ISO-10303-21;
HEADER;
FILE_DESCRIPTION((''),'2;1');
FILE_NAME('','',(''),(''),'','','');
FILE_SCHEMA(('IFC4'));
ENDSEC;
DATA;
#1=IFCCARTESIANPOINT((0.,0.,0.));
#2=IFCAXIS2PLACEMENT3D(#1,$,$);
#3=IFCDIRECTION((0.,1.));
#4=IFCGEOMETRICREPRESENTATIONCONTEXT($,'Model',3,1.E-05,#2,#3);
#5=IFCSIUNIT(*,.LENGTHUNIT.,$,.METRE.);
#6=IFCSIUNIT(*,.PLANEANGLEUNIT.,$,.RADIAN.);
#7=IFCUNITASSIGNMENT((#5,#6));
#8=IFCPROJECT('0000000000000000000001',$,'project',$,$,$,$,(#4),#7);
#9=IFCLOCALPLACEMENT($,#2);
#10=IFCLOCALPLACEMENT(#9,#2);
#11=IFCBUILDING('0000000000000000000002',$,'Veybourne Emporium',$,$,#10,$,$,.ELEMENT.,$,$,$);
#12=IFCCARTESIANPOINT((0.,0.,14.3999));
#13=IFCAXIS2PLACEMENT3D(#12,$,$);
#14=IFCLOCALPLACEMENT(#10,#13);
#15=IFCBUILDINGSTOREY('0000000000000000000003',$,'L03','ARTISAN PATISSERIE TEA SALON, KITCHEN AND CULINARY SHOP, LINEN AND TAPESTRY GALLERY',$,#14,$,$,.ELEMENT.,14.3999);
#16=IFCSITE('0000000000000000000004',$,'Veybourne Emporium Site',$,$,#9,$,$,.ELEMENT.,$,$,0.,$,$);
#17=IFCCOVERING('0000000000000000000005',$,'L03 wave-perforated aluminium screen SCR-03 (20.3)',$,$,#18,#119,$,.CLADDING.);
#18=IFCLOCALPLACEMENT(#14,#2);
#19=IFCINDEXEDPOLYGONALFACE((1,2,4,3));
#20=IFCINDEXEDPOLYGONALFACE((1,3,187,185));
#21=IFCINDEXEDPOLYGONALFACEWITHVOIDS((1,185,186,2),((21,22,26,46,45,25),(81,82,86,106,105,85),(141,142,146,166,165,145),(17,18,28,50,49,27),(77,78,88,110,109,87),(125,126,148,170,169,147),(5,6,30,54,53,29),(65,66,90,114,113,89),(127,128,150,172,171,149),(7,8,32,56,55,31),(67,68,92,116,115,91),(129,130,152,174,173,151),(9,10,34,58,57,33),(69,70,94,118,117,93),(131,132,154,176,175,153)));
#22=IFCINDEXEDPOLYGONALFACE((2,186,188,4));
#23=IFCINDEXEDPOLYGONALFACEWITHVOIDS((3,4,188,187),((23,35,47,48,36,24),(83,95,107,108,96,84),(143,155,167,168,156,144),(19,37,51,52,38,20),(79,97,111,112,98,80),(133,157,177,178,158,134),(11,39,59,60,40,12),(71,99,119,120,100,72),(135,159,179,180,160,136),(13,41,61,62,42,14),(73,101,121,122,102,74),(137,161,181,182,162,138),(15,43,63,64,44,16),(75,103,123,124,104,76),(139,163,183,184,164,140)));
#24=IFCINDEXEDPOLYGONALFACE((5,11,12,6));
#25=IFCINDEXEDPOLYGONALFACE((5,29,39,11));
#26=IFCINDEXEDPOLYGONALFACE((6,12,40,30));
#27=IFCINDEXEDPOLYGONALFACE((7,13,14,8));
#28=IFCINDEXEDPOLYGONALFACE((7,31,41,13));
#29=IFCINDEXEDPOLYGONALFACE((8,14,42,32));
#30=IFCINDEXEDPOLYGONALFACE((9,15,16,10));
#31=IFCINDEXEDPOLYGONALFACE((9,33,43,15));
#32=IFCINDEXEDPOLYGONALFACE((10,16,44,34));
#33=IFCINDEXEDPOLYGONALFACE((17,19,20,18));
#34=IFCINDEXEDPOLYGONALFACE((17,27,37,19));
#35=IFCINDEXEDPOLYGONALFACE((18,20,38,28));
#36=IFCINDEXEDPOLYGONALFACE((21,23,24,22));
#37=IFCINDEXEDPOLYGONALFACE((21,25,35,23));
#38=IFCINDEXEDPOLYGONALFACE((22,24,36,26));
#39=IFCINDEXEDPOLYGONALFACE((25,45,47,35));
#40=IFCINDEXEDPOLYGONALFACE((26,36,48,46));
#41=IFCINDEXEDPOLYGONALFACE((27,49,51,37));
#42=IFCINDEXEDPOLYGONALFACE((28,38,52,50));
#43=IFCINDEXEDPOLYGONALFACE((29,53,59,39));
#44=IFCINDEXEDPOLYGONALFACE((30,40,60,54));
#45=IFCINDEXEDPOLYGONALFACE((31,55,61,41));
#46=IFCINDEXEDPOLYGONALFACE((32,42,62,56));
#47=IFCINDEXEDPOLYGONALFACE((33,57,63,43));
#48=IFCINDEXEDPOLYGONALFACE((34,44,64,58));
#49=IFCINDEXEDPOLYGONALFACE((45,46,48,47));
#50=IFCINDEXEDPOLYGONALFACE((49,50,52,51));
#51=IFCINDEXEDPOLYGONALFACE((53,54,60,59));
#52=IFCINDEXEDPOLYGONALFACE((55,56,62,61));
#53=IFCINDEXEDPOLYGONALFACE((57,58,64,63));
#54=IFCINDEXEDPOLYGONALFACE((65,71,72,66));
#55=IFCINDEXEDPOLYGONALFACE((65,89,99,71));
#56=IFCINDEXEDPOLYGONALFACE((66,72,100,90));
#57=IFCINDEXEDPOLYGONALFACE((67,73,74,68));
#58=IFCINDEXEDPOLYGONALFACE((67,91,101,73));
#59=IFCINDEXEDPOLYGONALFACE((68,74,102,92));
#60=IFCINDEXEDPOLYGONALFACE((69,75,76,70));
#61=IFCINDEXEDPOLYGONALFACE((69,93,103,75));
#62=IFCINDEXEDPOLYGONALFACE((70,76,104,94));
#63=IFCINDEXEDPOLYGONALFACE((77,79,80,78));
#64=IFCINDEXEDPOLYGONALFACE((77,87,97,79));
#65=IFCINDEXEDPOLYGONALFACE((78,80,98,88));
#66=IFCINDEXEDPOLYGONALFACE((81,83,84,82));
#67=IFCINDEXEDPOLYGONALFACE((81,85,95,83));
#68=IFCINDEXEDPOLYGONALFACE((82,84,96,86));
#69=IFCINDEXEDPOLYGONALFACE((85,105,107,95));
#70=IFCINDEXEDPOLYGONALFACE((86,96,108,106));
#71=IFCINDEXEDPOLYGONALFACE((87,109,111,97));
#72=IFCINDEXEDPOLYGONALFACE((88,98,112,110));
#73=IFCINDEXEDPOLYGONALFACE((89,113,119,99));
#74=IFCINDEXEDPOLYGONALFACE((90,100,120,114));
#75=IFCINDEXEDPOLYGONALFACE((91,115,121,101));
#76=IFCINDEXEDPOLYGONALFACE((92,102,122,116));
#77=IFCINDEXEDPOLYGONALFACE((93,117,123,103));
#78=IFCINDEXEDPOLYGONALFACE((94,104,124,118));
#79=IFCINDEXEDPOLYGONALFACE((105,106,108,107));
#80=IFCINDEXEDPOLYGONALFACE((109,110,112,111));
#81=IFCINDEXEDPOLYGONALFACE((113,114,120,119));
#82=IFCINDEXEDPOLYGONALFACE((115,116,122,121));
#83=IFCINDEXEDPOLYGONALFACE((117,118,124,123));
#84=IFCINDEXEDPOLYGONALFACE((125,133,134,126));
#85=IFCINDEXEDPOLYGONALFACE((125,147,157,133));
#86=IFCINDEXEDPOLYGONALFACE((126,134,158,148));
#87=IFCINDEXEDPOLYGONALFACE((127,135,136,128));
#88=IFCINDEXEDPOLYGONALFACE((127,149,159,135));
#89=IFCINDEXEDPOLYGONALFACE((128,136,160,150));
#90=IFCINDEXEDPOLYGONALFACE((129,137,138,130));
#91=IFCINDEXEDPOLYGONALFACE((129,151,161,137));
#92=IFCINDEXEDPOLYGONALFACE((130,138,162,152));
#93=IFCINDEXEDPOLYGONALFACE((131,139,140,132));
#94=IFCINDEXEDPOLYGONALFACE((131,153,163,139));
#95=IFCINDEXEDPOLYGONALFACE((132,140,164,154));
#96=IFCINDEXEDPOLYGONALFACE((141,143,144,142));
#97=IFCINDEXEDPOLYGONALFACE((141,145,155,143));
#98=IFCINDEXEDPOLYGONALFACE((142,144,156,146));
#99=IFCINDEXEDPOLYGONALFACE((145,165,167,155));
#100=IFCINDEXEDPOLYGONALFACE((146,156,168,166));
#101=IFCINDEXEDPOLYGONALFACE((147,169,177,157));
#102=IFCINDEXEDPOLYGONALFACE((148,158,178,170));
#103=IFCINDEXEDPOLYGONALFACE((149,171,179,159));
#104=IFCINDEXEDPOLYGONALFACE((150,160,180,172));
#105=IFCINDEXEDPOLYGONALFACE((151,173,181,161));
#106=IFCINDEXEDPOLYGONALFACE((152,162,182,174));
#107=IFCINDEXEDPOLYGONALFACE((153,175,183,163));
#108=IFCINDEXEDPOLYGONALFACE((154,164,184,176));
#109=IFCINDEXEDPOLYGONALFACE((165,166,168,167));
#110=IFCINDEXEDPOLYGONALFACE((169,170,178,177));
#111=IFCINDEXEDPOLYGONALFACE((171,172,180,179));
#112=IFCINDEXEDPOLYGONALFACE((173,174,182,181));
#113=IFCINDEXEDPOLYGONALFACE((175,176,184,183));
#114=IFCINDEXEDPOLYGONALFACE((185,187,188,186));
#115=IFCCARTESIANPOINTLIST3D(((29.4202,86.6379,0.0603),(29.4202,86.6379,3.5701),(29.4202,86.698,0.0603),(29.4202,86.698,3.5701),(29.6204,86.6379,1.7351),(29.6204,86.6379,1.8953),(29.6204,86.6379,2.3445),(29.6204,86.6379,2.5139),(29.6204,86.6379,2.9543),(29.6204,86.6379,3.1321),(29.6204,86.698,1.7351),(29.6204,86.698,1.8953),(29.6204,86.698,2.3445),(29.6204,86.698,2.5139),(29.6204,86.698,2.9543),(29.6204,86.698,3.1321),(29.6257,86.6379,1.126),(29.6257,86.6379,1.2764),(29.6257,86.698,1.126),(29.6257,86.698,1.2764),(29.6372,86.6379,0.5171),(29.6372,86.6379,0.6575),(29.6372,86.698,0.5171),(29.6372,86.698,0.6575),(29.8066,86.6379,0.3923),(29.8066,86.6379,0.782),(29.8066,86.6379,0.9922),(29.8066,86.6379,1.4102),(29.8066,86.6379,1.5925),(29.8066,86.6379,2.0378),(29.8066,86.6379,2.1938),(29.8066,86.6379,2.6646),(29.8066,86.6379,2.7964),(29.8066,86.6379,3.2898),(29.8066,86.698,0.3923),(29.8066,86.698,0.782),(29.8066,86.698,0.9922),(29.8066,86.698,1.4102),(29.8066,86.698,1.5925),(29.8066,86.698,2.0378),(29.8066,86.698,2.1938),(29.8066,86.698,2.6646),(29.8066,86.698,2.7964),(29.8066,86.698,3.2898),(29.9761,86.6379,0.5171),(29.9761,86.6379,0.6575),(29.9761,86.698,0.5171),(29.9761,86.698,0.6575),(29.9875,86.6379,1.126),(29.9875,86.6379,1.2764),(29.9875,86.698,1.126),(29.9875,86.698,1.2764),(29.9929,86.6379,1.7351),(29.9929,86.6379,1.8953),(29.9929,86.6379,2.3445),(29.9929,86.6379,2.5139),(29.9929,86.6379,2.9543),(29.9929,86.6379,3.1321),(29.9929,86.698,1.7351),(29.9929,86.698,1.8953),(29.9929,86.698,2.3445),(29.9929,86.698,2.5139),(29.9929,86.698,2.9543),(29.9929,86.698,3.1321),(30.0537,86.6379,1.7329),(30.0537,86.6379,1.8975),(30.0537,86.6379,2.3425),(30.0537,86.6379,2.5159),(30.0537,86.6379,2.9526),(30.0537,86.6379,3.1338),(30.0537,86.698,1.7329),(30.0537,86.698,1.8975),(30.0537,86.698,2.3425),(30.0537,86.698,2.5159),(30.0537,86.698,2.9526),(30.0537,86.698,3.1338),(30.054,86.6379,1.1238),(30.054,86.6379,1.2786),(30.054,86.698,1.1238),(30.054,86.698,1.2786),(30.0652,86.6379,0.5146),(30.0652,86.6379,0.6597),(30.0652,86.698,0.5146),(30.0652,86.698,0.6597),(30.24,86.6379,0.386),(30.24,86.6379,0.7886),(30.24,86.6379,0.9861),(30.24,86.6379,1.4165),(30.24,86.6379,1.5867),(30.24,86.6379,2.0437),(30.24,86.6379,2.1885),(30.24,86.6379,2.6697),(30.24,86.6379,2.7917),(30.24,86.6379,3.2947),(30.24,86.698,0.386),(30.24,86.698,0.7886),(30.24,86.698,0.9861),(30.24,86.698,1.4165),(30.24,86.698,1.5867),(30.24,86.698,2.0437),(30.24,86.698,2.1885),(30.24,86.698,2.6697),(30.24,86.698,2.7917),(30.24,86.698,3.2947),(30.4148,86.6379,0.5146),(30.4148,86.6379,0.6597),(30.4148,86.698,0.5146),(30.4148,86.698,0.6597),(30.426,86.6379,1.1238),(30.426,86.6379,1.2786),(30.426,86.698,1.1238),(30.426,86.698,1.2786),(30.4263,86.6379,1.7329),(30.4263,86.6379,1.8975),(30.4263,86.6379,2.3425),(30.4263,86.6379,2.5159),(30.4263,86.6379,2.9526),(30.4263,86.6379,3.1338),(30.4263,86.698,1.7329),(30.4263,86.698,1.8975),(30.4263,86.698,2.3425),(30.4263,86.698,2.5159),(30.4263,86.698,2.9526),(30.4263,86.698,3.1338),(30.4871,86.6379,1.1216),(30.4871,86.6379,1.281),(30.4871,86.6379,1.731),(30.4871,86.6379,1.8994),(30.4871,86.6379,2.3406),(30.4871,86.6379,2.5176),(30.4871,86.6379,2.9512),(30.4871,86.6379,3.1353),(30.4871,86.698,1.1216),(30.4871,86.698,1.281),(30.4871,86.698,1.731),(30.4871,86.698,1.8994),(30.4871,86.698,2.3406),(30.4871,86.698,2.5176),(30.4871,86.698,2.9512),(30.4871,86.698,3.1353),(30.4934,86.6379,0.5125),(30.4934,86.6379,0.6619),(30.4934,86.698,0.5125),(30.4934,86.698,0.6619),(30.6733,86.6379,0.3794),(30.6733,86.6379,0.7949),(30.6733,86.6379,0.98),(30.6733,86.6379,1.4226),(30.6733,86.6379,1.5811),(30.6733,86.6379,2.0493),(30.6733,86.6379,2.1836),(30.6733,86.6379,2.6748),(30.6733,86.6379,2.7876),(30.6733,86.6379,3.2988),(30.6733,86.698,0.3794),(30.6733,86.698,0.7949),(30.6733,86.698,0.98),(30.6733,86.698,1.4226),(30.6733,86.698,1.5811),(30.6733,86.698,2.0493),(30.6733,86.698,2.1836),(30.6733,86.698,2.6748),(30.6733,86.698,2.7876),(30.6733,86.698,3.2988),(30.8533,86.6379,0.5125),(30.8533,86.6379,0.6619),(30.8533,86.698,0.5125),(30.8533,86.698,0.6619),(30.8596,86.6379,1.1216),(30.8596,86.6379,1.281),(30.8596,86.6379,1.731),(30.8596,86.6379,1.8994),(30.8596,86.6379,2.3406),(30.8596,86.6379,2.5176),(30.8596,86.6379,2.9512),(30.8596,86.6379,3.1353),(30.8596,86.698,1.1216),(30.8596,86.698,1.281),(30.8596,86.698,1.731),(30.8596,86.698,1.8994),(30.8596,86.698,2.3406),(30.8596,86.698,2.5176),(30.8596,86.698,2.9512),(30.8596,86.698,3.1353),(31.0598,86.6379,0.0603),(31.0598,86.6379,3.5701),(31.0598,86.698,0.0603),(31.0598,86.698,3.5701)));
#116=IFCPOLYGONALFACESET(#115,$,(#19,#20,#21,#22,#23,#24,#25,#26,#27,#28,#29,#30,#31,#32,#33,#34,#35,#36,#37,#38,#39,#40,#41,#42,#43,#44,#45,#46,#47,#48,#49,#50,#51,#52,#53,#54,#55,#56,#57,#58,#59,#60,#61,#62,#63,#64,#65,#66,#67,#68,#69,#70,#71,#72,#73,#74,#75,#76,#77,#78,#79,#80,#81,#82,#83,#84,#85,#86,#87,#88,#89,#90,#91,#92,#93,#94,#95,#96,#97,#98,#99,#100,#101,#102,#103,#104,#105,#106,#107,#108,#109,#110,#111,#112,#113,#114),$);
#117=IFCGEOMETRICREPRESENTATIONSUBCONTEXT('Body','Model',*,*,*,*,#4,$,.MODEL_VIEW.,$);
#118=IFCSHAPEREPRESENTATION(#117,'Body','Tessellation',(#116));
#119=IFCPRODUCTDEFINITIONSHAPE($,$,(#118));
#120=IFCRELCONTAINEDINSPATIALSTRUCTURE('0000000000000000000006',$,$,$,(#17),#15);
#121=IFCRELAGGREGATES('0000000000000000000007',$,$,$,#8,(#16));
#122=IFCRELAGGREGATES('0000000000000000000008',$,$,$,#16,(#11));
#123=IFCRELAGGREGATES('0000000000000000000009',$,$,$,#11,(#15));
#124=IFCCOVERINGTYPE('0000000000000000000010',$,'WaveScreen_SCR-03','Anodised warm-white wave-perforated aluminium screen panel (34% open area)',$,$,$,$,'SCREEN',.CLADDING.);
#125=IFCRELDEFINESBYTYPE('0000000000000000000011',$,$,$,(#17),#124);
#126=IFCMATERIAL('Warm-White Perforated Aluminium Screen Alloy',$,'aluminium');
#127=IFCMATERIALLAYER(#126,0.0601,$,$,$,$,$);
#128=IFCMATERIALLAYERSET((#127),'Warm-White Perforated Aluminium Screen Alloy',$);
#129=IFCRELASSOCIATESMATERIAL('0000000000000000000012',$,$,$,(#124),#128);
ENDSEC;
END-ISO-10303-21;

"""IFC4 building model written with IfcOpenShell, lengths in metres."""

from ifc_helpers import new_model, si_unit, direction, frame, origin, place, context, subcontext, project, spatial, polyline, outline, extrude, material, layer, layer_set, type_object, element, save


model = new_model("IFC4")

# Units and contexts
model_context = context("Model", 3, precision=1e-05, world=origin(), true_north=direction((0.0, 1.0)))
body_context = subcontext(model_context, "Body", "Model", "MODEL_VIEW")
ifc_project = project(units=[si_unit("LENGTHUNIT", "METRE"), si_unit("PLANEANGLEUNIT", "RADIAN")], contexts=[model_context])

# Site, building, storey
site_placement = place(None, origin())
site = spatial("IfcSite", under=ifc_project, at=site_placement, Name="Veybourne Emporium Site", CompositionType="ELEMENT", RefElevation=0.0)
building_placement = place(site_placement, origin())
building = spatial("IfcBuilding", under=site, at=building_placement, Name="Veybourne Emporium", CompositionType="ELEMENT")
storey_placement = place(building_placement, frame((0.0, 0.0, 14.3999)))
storey = spatial("IfcBuildingStorey", under=building, at=storey_placement, Name="L03", Description="ARTISAN PATISSERIE TEA SALON, KITCHEN AND CULINARY SHOP, LINEN AND TAPESTRY GALLERY", CompositionType="ELEMENT", Elevation=14.3999)

# Covering
ifc_material_1 = material(Name="Warm-White Perforated Aluminium Screen Alloy", Category="aluminium")
ifc_layer_1 = layer(ifc_material_1, 0.0601)
ifc_layer_set_1 = layer_set([ifc_layer_1], Name="Warm-White Perforated Aluminium Screen Alloy")
covering_type_1 = type_object("IfcCoveringType", Name="WaveScreen_SCR-03", Description="Anodised warm-white wave-perforated aluminium screen panel (34% open area)", ElementType="SCREEN", PredefinedType="CLADDING", material=ifc_layer_set_1)
covering_1_placement = place(storey_placement, frame((30.24, 86.698, 1.8152), z_axis=(0.0, -1.0, 0.0), x_axis=(1.0, 0.0, 0.0)))
element("IfcCovering", 1, at=covering_1_placement, inside=storey, type_object=covering_type_1, Name="L03 wave-perforated aluminium screen SCR-03 (20.3)", PredefinedType="CLADDING", context=body_context, shape_type="SweptSolid", body=[
    extrude(outline(polyline([(-0.8198, -1.7549), (0.8198, -1.7549), (0.8198, 1.7549), (-0.8198, 1.7549), (-0.8198, -1.7549)]), holes=[polyline([(-0.4333, -1.0332), (-0.2639, -1.1577), (-0.2639, -1.2981), (-0.4333, -1.4229), (-0.6028, -1.2981), (-0.6028, -1.1577), (-0.4333, -1.0332)]), polyline([(-0.4333, -0.405), (-0.2524, -0.5388), (-0.2524, -0.6892), (-0.4333, -0.823), (-0.6143, -0.6892), (-0.6143, -0.5388), (-0.4333, -0.405)]), polyline([(-0.4333, 0.2227), (-0.2471, 0.0801), (-0.2471, -0.0801), (-0.4333, -0.2227), (-0.6196, -0.0801), (-0.6196, 0.0801), (-0.4333, 0.2227)]), polyline([(-0.4333, 0.8494), (-0.2471, 0.6987), (-0.2471, 0.5293), (-0.4333, 0.3787), (-0.6196, 0.5293), (-0.6196, 0.6987), (-0.4333, 0.8494)]), polyline([(-0.4333, 1.4746), (-0.2471, 1.3169), (-0.2471, 1.1392), (-0.4333, 0.9812), (-0.6196, 1.1392), (-0.6196, 1.3169), (-0.4333, 1.4746)]), polyline([(0.0, -1.0266), (0.1748, -1.1555), (0.1748, -1.3005), (0.0, -1.4292), (-0.1748, -1.3005), (-0.1748, -1.1555), (0.0, -1.0266)]), polyline([(0.0, -0.3987), (0.186, -0.5366), (0.186, -0.6914), (0.0, -0.8291), (-0.186, -0.6914), (-0.186, -0.5366), (0.0, -0.3987)]), polyline([(0.0, 0.2285), (0.1863, 0.0823), (0.1863, -0.0823), (0.0, -0.2285), (-0.1863, -0.0823), (-0.1863, 0.0823), (0.0, 0.2285)]), polyline([(0.0, 0.8545), (0.1863, 0.7007), (0.1863, 0.5273), (0.0, 0.3733), (-0.1863, 0.5273), (-0.1863, 0.7007), (0.0, 0.8545)]), polyline([(0.0, 1.4795), (0.1863, 1.3186), (0.1863, 1.1375), (0.0, 0.9766), (-0.1863, 1.1375), (-0.1863, 1.3186), (0.0, 1.4795)]), polyline([(0.4333, -1.0203), (0.6133, -1.1533), (0.6133, -1.3027), (0.4333, -1.4358), (0.2534, -1.3027), (0.2534, -1.1533), (0.4333, -1.0203)]), polyline([(0.4333, -0.3926), (0.6196, -0.5342), (0.6196, -0.6936), (0.4333, -0.8352), (0.2471, -0.6936), (0.2471, -0.5342), (0.4333, -0.3926)]), polyline([(0.4333, 0.2341), (0.6196, 0.0842), (0.6196, -0.0842), (0.4333, -0.2341), (0.2471, -0.0842), (0.2471, 0.0842), (0.4333, 0.2341)]), polyline([(0.4333, 0.8596), (0.6196, 0.7024), (0.6196, 0.5254), (0.4333, 0.3684), (0.2471, 0.5254), (0.2471, 0.7024), (0.4333, 0.8596)]), polyline([(0.4333, 1.4836), (0.6196, 1.3201), (0.6196, 1.136), (0.4333, 0.9724), (0.2471, 1.136), (0.2471, 1.3201), (0.4333, 1.4836)])]), origin(), (0.0, 0.0, 1.0), 0.0601),
])

save(model, "model.ifc")
